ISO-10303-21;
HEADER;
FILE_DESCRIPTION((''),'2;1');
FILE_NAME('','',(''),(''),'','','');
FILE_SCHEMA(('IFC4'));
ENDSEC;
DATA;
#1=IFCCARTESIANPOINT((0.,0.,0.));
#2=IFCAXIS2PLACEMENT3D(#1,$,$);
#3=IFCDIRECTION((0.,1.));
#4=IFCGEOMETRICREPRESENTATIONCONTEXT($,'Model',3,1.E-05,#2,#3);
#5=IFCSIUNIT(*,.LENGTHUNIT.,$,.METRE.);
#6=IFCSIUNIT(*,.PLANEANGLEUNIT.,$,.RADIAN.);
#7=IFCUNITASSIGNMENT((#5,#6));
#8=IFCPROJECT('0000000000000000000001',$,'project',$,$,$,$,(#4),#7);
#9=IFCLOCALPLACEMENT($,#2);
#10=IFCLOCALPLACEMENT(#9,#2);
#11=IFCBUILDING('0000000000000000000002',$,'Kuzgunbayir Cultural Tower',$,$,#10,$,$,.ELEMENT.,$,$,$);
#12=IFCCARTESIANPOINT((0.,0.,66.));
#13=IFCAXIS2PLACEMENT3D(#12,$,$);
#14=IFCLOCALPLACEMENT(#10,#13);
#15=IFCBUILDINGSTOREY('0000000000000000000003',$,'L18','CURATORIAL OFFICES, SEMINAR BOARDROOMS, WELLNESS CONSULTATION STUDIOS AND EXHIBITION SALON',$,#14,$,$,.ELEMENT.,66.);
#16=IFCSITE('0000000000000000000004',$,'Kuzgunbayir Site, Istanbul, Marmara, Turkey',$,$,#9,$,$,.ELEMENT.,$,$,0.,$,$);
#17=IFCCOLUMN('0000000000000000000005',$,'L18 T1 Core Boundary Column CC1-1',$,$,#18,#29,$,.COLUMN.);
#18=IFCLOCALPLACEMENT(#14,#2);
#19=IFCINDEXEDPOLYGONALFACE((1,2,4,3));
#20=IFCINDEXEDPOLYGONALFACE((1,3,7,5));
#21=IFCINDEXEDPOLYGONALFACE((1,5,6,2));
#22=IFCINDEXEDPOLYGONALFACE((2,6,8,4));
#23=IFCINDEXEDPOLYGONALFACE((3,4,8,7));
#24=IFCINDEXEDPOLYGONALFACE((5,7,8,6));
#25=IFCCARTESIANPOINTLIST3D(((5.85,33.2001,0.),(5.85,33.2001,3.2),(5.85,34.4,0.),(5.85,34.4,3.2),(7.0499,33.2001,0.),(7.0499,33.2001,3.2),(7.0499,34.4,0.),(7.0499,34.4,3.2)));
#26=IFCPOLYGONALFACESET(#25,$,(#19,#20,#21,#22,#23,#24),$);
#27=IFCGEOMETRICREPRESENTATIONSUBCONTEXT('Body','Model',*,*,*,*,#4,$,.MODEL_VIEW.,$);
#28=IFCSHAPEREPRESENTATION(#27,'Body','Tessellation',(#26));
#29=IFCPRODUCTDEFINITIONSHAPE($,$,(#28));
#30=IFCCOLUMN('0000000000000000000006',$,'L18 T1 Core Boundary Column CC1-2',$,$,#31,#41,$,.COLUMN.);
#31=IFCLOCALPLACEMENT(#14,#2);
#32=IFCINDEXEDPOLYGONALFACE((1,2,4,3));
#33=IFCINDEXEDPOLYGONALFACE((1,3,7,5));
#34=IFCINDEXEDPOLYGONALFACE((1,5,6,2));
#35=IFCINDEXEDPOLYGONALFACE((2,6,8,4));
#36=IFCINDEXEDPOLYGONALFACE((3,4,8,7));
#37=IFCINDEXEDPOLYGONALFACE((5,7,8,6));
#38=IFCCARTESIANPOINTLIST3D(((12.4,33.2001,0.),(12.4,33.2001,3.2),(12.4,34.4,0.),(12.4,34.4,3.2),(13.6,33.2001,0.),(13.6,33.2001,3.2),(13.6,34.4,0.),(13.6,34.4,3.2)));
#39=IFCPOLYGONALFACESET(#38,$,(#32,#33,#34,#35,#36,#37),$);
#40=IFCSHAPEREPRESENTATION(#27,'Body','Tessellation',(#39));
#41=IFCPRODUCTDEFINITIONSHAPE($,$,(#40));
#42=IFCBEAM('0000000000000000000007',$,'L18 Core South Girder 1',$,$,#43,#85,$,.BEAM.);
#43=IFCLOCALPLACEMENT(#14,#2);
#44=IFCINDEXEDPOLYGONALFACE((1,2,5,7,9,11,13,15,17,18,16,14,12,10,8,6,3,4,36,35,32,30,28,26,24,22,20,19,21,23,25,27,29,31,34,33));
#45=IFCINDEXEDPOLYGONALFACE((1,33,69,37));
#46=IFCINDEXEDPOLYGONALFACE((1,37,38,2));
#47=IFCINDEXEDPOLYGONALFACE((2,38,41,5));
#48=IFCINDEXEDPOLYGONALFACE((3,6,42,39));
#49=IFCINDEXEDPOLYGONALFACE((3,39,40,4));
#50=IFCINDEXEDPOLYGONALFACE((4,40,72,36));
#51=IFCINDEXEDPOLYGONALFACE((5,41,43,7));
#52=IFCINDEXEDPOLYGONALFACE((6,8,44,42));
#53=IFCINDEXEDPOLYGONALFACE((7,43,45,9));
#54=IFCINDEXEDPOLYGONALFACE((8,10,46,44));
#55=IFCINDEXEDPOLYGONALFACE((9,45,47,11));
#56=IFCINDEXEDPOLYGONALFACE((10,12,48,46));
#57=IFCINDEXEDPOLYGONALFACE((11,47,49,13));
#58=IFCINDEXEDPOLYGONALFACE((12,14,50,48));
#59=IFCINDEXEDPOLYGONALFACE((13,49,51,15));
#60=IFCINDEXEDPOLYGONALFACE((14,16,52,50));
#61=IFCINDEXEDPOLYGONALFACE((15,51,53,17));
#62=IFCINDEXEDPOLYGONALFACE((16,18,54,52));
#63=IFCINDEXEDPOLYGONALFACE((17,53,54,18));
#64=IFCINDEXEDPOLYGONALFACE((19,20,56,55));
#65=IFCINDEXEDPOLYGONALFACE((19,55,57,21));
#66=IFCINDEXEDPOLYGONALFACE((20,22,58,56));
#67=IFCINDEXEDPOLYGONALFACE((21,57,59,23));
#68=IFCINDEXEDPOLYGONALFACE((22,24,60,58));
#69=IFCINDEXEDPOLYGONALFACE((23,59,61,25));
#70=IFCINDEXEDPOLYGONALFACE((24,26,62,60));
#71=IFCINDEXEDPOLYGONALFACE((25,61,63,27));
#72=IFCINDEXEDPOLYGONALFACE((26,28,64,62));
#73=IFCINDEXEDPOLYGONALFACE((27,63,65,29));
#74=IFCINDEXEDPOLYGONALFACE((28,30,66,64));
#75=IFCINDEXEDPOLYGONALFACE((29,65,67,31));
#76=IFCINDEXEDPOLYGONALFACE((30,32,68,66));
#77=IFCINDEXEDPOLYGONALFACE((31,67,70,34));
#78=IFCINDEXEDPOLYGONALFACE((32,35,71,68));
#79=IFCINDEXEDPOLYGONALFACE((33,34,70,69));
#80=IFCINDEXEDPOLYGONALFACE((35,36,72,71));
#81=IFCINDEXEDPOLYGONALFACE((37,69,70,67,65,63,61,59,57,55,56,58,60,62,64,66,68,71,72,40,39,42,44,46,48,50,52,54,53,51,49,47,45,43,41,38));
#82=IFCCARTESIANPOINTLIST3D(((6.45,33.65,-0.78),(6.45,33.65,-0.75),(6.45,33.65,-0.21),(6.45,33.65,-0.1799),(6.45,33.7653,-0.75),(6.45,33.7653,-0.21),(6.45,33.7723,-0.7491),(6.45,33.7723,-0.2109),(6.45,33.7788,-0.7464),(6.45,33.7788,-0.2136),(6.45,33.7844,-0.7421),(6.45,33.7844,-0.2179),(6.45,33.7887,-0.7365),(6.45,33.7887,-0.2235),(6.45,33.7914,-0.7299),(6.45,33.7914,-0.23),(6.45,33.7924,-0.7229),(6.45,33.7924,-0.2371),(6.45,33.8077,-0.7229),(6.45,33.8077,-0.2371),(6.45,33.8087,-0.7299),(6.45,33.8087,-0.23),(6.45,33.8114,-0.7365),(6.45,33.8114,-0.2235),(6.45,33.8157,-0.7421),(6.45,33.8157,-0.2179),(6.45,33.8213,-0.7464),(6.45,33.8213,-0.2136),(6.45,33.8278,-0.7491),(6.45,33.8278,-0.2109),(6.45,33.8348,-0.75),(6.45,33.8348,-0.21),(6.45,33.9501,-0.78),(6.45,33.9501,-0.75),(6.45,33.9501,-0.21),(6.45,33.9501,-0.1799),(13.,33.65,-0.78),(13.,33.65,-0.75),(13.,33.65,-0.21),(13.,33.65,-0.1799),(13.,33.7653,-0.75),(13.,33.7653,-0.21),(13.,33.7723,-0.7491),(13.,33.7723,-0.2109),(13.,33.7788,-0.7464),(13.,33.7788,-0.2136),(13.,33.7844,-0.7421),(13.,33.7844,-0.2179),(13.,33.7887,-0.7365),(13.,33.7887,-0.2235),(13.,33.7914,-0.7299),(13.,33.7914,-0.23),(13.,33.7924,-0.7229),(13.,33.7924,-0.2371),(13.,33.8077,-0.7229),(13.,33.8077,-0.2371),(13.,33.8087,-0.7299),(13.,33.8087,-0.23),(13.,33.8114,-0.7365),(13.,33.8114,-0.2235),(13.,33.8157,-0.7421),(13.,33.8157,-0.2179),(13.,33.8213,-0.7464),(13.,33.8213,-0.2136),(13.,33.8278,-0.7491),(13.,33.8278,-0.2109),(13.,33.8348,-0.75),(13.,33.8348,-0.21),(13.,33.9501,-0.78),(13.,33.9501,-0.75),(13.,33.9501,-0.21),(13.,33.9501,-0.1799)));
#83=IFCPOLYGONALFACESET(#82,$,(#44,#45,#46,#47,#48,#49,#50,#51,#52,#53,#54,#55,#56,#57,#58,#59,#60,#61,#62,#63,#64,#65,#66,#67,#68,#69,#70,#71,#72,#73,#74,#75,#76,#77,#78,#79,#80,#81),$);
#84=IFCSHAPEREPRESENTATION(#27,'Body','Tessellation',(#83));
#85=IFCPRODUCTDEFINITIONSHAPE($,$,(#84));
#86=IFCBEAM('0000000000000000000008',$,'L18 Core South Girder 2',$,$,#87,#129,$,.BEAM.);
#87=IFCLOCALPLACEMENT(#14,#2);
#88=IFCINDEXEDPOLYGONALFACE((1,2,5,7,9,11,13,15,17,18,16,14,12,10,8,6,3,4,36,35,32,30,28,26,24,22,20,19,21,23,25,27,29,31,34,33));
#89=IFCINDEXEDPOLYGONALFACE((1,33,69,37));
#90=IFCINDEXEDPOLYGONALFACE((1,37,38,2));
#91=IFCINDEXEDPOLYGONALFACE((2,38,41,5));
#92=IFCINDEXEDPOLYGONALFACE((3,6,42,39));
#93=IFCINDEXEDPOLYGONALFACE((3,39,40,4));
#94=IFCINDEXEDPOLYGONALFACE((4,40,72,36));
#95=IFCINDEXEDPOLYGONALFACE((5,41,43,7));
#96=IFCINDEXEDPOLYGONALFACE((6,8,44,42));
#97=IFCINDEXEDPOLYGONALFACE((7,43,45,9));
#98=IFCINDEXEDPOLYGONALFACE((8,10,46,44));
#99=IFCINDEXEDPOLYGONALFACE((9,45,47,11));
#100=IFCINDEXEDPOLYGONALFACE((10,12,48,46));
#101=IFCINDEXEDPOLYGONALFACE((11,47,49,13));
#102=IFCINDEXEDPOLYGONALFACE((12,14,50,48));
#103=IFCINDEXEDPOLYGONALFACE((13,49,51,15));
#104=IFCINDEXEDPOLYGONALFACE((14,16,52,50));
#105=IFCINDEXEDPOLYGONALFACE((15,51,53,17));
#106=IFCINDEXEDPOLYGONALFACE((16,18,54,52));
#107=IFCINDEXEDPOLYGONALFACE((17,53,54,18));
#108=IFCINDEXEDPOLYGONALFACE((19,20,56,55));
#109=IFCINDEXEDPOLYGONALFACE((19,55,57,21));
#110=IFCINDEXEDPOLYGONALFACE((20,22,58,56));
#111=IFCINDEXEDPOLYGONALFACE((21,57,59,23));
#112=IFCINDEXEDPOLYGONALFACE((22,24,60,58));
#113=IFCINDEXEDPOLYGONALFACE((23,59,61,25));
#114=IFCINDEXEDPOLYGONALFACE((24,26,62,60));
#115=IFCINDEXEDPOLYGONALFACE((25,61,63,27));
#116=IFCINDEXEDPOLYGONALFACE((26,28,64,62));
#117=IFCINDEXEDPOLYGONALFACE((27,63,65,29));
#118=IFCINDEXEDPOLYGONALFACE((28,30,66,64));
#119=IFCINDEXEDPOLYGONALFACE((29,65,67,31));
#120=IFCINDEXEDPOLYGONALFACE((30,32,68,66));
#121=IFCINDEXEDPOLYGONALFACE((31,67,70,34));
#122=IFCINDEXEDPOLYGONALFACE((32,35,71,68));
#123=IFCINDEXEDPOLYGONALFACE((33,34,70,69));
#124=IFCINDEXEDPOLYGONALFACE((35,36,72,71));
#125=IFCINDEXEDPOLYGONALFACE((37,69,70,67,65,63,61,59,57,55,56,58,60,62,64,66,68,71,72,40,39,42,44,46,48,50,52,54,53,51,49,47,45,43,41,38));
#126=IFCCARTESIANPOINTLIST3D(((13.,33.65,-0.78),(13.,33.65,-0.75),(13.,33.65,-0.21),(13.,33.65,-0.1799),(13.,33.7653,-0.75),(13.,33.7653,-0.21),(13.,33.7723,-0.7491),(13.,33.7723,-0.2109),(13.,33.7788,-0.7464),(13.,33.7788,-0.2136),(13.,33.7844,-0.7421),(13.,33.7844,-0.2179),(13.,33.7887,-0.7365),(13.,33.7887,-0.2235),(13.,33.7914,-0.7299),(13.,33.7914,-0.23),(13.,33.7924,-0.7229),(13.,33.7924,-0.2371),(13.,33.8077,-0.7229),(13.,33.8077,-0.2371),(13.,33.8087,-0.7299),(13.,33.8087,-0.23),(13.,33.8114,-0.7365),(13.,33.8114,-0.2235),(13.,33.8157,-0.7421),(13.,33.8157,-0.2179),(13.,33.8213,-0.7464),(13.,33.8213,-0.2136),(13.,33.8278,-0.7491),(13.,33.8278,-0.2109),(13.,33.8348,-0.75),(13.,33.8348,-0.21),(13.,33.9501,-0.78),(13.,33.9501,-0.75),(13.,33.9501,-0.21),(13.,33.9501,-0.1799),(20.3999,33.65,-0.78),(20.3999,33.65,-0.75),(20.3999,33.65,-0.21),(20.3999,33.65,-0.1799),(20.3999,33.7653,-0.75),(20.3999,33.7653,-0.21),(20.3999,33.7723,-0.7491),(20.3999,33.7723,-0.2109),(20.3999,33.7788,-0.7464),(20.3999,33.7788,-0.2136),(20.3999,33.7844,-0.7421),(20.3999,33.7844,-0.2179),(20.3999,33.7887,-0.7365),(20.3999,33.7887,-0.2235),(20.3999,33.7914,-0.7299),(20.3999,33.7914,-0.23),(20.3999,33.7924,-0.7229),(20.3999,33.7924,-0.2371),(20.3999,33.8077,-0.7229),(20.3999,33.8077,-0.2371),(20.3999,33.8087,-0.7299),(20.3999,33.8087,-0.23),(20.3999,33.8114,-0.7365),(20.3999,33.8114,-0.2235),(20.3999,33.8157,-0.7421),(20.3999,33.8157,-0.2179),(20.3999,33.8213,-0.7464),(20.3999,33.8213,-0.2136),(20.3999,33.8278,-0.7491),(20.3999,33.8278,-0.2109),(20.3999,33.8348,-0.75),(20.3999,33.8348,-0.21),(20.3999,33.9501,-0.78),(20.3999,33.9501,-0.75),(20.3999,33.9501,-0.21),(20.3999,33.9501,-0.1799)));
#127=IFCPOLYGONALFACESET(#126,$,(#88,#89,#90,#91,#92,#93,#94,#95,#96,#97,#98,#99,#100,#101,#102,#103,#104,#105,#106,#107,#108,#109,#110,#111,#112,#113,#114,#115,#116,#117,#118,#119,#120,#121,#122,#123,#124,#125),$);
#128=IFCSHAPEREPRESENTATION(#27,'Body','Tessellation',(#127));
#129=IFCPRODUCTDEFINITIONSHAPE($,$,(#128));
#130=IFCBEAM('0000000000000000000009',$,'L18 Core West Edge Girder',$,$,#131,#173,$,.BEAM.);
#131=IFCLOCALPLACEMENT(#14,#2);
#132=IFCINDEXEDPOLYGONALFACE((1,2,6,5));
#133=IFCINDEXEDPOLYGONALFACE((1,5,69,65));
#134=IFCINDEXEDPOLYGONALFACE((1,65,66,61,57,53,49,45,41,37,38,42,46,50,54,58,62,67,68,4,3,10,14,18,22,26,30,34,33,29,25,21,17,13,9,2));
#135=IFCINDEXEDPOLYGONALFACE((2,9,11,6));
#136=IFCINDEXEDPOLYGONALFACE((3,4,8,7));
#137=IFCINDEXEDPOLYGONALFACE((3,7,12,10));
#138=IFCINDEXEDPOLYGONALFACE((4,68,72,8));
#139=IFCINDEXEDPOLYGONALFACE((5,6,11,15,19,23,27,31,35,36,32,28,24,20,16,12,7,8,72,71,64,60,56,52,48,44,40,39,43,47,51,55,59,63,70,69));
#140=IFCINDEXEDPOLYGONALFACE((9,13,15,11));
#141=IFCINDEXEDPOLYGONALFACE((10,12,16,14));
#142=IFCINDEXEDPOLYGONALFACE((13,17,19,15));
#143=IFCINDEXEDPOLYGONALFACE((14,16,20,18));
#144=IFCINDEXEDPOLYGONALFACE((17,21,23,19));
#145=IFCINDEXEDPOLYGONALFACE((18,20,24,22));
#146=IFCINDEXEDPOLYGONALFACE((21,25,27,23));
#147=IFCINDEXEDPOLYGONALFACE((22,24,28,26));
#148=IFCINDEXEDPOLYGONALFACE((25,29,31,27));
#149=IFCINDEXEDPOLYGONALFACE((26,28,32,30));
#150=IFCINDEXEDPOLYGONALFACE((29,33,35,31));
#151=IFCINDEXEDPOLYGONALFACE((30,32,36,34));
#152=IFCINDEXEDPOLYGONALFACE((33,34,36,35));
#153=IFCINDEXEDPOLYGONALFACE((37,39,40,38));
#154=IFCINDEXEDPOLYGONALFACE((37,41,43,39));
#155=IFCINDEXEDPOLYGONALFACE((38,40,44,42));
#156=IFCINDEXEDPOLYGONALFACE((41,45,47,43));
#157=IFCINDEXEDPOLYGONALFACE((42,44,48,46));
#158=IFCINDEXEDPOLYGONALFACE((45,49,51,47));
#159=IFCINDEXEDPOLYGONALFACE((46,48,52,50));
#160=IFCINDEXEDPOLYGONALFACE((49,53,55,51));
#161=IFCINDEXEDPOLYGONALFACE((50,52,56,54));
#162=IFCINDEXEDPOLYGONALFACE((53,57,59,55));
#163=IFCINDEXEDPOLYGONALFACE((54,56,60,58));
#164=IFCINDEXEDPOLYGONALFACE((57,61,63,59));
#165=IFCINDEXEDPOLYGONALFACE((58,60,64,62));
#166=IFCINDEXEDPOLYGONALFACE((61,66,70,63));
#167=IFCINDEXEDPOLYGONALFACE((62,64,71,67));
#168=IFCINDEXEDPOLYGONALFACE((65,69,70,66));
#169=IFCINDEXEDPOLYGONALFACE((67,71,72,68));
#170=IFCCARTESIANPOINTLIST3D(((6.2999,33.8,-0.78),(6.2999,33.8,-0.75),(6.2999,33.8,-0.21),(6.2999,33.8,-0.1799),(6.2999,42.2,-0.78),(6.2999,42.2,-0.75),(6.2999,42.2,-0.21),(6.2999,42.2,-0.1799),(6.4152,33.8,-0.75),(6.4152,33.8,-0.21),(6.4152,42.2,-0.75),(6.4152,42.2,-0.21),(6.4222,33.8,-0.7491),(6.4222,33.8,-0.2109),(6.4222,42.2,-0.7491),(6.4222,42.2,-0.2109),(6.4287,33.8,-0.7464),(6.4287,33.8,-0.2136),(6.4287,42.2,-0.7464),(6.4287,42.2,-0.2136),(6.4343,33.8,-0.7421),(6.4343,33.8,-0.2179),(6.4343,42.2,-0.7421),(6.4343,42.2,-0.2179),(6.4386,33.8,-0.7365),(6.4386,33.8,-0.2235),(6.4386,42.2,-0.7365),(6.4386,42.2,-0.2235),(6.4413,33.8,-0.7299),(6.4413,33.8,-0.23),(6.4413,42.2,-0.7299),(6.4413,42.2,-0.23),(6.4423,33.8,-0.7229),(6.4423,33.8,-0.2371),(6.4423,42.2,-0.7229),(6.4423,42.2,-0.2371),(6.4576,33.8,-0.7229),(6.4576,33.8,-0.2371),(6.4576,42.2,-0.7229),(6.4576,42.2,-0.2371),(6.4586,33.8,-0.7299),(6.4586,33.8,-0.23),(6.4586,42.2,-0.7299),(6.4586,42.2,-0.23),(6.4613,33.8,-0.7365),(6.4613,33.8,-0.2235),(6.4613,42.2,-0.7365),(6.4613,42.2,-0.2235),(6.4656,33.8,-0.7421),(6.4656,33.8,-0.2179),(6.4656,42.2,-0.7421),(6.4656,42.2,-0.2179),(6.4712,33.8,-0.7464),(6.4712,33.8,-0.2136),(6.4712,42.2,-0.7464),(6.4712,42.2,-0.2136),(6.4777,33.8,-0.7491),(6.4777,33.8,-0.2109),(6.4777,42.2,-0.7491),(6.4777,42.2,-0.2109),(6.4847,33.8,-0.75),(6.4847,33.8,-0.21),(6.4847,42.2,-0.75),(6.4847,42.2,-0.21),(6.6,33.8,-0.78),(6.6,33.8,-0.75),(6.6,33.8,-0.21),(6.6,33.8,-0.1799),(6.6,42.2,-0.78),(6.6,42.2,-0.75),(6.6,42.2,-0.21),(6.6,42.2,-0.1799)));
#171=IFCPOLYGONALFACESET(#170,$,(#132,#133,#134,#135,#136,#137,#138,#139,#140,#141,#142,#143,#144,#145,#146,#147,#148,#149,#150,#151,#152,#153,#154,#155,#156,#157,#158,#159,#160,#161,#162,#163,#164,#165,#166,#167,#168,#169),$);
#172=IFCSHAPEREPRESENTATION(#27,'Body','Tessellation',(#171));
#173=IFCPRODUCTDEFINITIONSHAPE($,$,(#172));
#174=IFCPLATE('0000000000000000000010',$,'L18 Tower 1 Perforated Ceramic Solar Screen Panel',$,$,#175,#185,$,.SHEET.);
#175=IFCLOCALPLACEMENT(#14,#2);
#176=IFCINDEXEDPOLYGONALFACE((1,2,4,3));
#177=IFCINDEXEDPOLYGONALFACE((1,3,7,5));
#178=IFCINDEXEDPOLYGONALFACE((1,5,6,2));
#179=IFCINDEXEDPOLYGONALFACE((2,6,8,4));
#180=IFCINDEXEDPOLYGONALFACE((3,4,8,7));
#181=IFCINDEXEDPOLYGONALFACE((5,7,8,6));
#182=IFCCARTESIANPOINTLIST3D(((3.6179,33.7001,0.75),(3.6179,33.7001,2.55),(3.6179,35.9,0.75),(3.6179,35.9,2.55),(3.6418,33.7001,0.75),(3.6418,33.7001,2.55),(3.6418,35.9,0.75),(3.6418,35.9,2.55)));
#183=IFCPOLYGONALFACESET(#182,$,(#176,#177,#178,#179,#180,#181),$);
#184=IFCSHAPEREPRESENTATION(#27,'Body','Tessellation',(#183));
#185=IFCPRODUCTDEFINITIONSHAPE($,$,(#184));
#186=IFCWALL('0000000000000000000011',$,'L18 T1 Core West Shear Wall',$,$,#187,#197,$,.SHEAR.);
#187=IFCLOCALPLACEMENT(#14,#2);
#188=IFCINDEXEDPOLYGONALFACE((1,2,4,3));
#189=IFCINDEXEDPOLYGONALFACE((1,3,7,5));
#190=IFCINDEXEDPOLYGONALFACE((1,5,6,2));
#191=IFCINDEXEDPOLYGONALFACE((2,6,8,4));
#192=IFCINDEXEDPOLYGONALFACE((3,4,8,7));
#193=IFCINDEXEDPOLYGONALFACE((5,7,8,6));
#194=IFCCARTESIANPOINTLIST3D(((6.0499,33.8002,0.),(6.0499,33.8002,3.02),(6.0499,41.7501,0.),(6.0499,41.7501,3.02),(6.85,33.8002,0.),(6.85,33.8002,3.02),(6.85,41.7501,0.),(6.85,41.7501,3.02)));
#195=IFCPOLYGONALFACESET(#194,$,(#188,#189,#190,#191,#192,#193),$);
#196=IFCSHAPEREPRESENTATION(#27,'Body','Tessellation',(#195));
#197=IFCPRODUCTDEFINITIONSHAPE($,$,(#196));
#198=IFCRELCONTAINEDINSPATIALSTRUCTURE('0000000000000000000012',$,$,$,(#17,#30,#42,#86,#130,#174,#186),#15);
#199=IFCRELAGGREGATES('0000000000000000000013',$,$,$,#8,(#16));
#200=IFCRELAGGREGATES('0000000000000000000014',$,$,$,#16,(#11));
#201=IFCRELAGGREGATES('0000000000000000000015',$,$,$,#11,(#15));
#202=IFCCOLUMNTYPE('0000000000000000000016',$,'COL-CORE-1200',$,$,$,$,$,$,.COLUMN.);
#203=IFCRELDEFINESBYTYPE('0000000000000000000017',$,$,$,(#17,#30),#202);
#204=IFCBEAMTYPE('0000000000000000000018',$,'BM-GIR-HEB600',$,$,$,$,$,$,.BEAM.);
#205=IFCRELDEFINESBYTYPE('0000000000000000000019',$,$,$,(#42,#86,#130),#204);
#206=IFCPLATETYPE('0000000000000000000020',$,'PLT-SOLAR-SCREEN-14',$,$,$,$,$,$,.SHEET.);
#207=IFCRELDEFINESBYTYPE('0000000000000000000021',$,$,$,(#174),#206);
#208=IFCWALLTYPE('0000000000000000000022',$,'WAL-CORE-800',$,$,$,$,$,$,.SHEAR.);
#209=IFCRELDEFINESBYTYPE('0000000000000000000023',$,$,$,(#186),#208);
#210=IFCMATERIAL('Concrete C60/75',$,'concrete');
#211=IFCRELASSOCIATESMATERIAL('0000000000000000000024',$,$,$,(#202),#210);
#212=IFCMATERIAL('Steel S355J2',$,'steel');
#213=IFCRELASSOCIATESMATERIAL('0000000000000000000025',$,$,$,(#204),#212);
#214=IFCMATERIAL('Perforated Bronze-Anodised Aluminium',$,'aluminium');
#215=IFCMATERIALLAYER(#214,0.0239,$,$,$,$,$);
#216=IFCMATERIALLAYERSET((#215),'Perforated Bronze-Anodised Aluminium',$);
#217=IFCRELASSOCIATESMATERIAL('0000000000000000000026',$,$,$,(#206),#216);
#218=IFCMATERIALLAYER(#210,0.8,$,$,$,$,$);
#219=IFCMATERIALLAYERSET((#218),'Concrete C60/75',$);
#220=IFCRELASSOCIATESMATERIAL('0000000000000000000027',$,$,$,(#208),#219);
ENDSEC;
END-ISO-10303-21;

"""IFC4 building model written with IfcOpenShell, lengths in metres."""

from ifc_helpers import new_model, si_unit, direction, frame, frame_2d, origin, origin_2d, place, context, subcontext, project, spatial, rectangle, i_section, extrude, material, layer, layer_set, material_profile, profile_set, type_object, element, save


model = new_model("IFC4")

# Units and contexts
model_context = context("Model", 3, precision=1e-05, world=origin(), true_north=direction((0.0, 1.0)))
body_context = subcontext(model_context, "Body", "Model", "MODEL_VIEW")
ifc_project = project(units=[si_unit("LENGTHUNIT", "METRE"), si_unit("PLANEANGLEUNIT", "RADIAN")], contexts=[model_context])

# Site, building, storey
site_placement = place(None, origin())
site = spatial("IfcSite", under=ifc_project, at=site_placement, Name="Kuzgunbayir Site, Istanbul, Marmara, Turkey", CompositionType="ELEMENT", RefElevation=0.0)
building_placement = place(site_placement, origin())
building = spatial("IfcBuilding", under=site, at=building_placement, Name="Kuzgunbayir Cultural Tower", CompositionType="ELEMENT")
storey_placement = place(building_placement, frame((0.0, 0.0, 66.0)))
storey = spatial("IfcBuildingStorey", under=building, at=storey_placement, Name="L18", Description="CURATORIAL OFFICES, SEMINAR BOARDROOMS, WELLNESS CONSULTATION STUDIOS AND EXHIBITION SALON", CompositionType="ELEMENT", Elevation=66.0)

# Columns
ifc_material_1 = material(Name="Concrete C60/75", Category="concrete")
ifc_material_profile_1 = material_profile(ifc_material_1, rectangle(XDim=1.2, YDim=1.2, at=origin_2d()), Name="RC 1200x1200")
ifc_profile_set_1 = profile_set([ifc_material_profile_1], Name="Concrete C60/75")
column_type = type_object("IfcColumnType", Name="COL-CORE-1200", PredefinedType="COLUMN", material=ifc_profile_set_1)
for number, where, z_axis, x_axis, name in (
    (1, (6.45, 33.8, 0.0), (0.0, 0.0, 1.0), (1.0, 0.0, 0.0), "L18 T1 Core Boundary Column CC1-1"),
    (2, (13.0, 33.8, 0.0), (0.0, 0.0, 1.0), (1.0, 0.0, 0.0), "L18 T1 Core Boundary Column CC1-2"),
):
    element("IfcColumn", number, at=place(storey_placement, frame(where, z_axis=z_axis, x_axis=x_axis)), inside=storey, type_object=column_type, Name=name, PredefinedType="COLUMN", context=body_context, shape_type="SweptSolid", body=[
        extrude(rectangle(XDim=1.2, YDim=1.2, at=origin_2d()), origin(), (0.0, 0.0, 1.0), 3.2),
    ])

# Beams
ifc_material_2 = material(Name="Steel S355J2", Category="steel")
ifc_material_profile_2 = material_profile(ifc_material_2, i_section(OverallWidth=0.3, OverallDepth=0.6001, WebThickness=0.0154, FlangeThickness=0.03, FilletRadius=0.0271, at=origin_2d()), Name="HEB 600")
ifc_profile_set_2 = profile_set([ifc_material_profile_2], Name="Steel S355J2")
beam_type = type_object("IfcBeamType", Name="BM-GIR-HEB600", PredefinedType="BEAM", material=ifc_profile_set_2)
beam_1_placement = place(storey_placement, frame((6.45, 33.8, -0.48), z_axis=(1.0, 0.0, 0.0), x_axis=(0.0, 1.0, 0.0)))
element("IfcBeam", 3, at=beam_1_placement, inside=storey, type_object=beam_type, Name="L18 Core South Girder 1", PredefinedType="BEAM", context=body_context, shape_type="SweptSolid", body=[
    extrude(i_section(OverallWidth=0.3, OverallDepth=0.6001, WebThickness=0.0154, FlangeThickness=0.03, FilletRadius=0.0271, at=origin_2d()), origin(), (0.0, 0.0, 1.0), 6.55),
])
beam_2_placement = place(storey_placement, frame((13.0, 33.8, -0.48), z_axis=(1.0, 0.0, 0.0), x_axis=(0.0, 1.0, 0.0)))
element("IfcBeam", 4, at=beam_2_placement, inside=storey, type_object=beam_type, Name="L18 Core South Girder 2", PredefinedType="BEAM", context=body_context, shape_type="SweptSolid", body=[
    extrude(i_section(OverallWidth=0.3, OverallDepth=0.6001, WebThickness=0.0154, FlangeThickness=0.03, FilletRadius=0.0271, at=origin_2d()), origin(), (0.0, 0.0, 1.0), 7.3999),
])
beam_3_placement = place(storey_placement, frame((6.45, 33.8, -0.48), z_axis=(0.0, 1.0, 0.0), x_axis=(-1.0, 0.0, 0.0)))
element("IfcBeam", 5, at=beam_3_placement, inside=storey, type_object=beam_type, Name="L18 Core West Edge Girder", PredefinedType="BEAM", context=body_context, shape_type="SweptSolid", body=[
    extrude(i_section(OverallWidth=0.3, OverallDepth=0.6001, WebThickness=0.0154, FlangeThickness=0.03, FilletRadius=0.0271, at=origin_2d()), origin(), (0.0, 0.0, 1.0), 8.3999),
])

# Plate
ifc_material_3 = material(Name="Perforated Bronze-Anodised Aluminium", Category="aluminium")
ifc_layer_1 = layer(ifc_material_3, 0.0239)
ifc_layer_set_1 = layer_set([ifc_layer_1], Name="Perforated Bronze-Anodised Aluminium")
plate_type = type_object("IfcPlateType", Name="PLT-SOLAR-SCREEN-14", PredefinedType="SHEET", material=ifc_layer_set_1)
plate_placement = place(storey_placement, frame((3.6299, 34.8, 0.75), z_axis=(0.0, 0.0, 1.0), x_axis=(1.0, 0.0, 0.0)))
element("IfcPlate", 6, at=plate_placement, inside=storey, type_object=plate_type, Name="L18 Tower 1 Perforated Ceramic Solar Screen Panel", PredefinedType="SHEET", context=body_context, shape_type="SweptSolid", body=[
    extrude(rectangle(XDim=0.0239, YDim=2.2, at=origin_2d()), origin(), (0.0, 0.0, 1.0), 1.8),
])

# Wall
ifc_layer_2 = layer(ifc_material_1, 0.8)
ifc_layer_set_2 = layer_set([ifc_layer_2], Name="Concrete C60/75")
wall_type_1 = type_object("IfcWallType", Name="WAL-CORE-800", PredefinedType="SHEAR", material=ifc_layer_set_2)
wall_1_placement = place(storey_placement, frame((6.45, 33.8, 0.0), z_axis=(0.0, 0.0, 1.0), x_axis=(0.0, 1.0, 0.0)))
element("IfcWall", 7, at=wall_1_placement, inside=storey, type_object=wall_type_1, Name="L18 T1 Core West Shear Wall", PredefinedType="SHEAR", context=body_context, shape_type="SweptSolid", body=[
    extrude(rectangle(XDim=7.95, YDim=0.8, at=frame_2d((3.9751, 0.0))), origin(), (0.0, 0.0, 1.0), 3.02),
])

save(model, "model.ifc")
